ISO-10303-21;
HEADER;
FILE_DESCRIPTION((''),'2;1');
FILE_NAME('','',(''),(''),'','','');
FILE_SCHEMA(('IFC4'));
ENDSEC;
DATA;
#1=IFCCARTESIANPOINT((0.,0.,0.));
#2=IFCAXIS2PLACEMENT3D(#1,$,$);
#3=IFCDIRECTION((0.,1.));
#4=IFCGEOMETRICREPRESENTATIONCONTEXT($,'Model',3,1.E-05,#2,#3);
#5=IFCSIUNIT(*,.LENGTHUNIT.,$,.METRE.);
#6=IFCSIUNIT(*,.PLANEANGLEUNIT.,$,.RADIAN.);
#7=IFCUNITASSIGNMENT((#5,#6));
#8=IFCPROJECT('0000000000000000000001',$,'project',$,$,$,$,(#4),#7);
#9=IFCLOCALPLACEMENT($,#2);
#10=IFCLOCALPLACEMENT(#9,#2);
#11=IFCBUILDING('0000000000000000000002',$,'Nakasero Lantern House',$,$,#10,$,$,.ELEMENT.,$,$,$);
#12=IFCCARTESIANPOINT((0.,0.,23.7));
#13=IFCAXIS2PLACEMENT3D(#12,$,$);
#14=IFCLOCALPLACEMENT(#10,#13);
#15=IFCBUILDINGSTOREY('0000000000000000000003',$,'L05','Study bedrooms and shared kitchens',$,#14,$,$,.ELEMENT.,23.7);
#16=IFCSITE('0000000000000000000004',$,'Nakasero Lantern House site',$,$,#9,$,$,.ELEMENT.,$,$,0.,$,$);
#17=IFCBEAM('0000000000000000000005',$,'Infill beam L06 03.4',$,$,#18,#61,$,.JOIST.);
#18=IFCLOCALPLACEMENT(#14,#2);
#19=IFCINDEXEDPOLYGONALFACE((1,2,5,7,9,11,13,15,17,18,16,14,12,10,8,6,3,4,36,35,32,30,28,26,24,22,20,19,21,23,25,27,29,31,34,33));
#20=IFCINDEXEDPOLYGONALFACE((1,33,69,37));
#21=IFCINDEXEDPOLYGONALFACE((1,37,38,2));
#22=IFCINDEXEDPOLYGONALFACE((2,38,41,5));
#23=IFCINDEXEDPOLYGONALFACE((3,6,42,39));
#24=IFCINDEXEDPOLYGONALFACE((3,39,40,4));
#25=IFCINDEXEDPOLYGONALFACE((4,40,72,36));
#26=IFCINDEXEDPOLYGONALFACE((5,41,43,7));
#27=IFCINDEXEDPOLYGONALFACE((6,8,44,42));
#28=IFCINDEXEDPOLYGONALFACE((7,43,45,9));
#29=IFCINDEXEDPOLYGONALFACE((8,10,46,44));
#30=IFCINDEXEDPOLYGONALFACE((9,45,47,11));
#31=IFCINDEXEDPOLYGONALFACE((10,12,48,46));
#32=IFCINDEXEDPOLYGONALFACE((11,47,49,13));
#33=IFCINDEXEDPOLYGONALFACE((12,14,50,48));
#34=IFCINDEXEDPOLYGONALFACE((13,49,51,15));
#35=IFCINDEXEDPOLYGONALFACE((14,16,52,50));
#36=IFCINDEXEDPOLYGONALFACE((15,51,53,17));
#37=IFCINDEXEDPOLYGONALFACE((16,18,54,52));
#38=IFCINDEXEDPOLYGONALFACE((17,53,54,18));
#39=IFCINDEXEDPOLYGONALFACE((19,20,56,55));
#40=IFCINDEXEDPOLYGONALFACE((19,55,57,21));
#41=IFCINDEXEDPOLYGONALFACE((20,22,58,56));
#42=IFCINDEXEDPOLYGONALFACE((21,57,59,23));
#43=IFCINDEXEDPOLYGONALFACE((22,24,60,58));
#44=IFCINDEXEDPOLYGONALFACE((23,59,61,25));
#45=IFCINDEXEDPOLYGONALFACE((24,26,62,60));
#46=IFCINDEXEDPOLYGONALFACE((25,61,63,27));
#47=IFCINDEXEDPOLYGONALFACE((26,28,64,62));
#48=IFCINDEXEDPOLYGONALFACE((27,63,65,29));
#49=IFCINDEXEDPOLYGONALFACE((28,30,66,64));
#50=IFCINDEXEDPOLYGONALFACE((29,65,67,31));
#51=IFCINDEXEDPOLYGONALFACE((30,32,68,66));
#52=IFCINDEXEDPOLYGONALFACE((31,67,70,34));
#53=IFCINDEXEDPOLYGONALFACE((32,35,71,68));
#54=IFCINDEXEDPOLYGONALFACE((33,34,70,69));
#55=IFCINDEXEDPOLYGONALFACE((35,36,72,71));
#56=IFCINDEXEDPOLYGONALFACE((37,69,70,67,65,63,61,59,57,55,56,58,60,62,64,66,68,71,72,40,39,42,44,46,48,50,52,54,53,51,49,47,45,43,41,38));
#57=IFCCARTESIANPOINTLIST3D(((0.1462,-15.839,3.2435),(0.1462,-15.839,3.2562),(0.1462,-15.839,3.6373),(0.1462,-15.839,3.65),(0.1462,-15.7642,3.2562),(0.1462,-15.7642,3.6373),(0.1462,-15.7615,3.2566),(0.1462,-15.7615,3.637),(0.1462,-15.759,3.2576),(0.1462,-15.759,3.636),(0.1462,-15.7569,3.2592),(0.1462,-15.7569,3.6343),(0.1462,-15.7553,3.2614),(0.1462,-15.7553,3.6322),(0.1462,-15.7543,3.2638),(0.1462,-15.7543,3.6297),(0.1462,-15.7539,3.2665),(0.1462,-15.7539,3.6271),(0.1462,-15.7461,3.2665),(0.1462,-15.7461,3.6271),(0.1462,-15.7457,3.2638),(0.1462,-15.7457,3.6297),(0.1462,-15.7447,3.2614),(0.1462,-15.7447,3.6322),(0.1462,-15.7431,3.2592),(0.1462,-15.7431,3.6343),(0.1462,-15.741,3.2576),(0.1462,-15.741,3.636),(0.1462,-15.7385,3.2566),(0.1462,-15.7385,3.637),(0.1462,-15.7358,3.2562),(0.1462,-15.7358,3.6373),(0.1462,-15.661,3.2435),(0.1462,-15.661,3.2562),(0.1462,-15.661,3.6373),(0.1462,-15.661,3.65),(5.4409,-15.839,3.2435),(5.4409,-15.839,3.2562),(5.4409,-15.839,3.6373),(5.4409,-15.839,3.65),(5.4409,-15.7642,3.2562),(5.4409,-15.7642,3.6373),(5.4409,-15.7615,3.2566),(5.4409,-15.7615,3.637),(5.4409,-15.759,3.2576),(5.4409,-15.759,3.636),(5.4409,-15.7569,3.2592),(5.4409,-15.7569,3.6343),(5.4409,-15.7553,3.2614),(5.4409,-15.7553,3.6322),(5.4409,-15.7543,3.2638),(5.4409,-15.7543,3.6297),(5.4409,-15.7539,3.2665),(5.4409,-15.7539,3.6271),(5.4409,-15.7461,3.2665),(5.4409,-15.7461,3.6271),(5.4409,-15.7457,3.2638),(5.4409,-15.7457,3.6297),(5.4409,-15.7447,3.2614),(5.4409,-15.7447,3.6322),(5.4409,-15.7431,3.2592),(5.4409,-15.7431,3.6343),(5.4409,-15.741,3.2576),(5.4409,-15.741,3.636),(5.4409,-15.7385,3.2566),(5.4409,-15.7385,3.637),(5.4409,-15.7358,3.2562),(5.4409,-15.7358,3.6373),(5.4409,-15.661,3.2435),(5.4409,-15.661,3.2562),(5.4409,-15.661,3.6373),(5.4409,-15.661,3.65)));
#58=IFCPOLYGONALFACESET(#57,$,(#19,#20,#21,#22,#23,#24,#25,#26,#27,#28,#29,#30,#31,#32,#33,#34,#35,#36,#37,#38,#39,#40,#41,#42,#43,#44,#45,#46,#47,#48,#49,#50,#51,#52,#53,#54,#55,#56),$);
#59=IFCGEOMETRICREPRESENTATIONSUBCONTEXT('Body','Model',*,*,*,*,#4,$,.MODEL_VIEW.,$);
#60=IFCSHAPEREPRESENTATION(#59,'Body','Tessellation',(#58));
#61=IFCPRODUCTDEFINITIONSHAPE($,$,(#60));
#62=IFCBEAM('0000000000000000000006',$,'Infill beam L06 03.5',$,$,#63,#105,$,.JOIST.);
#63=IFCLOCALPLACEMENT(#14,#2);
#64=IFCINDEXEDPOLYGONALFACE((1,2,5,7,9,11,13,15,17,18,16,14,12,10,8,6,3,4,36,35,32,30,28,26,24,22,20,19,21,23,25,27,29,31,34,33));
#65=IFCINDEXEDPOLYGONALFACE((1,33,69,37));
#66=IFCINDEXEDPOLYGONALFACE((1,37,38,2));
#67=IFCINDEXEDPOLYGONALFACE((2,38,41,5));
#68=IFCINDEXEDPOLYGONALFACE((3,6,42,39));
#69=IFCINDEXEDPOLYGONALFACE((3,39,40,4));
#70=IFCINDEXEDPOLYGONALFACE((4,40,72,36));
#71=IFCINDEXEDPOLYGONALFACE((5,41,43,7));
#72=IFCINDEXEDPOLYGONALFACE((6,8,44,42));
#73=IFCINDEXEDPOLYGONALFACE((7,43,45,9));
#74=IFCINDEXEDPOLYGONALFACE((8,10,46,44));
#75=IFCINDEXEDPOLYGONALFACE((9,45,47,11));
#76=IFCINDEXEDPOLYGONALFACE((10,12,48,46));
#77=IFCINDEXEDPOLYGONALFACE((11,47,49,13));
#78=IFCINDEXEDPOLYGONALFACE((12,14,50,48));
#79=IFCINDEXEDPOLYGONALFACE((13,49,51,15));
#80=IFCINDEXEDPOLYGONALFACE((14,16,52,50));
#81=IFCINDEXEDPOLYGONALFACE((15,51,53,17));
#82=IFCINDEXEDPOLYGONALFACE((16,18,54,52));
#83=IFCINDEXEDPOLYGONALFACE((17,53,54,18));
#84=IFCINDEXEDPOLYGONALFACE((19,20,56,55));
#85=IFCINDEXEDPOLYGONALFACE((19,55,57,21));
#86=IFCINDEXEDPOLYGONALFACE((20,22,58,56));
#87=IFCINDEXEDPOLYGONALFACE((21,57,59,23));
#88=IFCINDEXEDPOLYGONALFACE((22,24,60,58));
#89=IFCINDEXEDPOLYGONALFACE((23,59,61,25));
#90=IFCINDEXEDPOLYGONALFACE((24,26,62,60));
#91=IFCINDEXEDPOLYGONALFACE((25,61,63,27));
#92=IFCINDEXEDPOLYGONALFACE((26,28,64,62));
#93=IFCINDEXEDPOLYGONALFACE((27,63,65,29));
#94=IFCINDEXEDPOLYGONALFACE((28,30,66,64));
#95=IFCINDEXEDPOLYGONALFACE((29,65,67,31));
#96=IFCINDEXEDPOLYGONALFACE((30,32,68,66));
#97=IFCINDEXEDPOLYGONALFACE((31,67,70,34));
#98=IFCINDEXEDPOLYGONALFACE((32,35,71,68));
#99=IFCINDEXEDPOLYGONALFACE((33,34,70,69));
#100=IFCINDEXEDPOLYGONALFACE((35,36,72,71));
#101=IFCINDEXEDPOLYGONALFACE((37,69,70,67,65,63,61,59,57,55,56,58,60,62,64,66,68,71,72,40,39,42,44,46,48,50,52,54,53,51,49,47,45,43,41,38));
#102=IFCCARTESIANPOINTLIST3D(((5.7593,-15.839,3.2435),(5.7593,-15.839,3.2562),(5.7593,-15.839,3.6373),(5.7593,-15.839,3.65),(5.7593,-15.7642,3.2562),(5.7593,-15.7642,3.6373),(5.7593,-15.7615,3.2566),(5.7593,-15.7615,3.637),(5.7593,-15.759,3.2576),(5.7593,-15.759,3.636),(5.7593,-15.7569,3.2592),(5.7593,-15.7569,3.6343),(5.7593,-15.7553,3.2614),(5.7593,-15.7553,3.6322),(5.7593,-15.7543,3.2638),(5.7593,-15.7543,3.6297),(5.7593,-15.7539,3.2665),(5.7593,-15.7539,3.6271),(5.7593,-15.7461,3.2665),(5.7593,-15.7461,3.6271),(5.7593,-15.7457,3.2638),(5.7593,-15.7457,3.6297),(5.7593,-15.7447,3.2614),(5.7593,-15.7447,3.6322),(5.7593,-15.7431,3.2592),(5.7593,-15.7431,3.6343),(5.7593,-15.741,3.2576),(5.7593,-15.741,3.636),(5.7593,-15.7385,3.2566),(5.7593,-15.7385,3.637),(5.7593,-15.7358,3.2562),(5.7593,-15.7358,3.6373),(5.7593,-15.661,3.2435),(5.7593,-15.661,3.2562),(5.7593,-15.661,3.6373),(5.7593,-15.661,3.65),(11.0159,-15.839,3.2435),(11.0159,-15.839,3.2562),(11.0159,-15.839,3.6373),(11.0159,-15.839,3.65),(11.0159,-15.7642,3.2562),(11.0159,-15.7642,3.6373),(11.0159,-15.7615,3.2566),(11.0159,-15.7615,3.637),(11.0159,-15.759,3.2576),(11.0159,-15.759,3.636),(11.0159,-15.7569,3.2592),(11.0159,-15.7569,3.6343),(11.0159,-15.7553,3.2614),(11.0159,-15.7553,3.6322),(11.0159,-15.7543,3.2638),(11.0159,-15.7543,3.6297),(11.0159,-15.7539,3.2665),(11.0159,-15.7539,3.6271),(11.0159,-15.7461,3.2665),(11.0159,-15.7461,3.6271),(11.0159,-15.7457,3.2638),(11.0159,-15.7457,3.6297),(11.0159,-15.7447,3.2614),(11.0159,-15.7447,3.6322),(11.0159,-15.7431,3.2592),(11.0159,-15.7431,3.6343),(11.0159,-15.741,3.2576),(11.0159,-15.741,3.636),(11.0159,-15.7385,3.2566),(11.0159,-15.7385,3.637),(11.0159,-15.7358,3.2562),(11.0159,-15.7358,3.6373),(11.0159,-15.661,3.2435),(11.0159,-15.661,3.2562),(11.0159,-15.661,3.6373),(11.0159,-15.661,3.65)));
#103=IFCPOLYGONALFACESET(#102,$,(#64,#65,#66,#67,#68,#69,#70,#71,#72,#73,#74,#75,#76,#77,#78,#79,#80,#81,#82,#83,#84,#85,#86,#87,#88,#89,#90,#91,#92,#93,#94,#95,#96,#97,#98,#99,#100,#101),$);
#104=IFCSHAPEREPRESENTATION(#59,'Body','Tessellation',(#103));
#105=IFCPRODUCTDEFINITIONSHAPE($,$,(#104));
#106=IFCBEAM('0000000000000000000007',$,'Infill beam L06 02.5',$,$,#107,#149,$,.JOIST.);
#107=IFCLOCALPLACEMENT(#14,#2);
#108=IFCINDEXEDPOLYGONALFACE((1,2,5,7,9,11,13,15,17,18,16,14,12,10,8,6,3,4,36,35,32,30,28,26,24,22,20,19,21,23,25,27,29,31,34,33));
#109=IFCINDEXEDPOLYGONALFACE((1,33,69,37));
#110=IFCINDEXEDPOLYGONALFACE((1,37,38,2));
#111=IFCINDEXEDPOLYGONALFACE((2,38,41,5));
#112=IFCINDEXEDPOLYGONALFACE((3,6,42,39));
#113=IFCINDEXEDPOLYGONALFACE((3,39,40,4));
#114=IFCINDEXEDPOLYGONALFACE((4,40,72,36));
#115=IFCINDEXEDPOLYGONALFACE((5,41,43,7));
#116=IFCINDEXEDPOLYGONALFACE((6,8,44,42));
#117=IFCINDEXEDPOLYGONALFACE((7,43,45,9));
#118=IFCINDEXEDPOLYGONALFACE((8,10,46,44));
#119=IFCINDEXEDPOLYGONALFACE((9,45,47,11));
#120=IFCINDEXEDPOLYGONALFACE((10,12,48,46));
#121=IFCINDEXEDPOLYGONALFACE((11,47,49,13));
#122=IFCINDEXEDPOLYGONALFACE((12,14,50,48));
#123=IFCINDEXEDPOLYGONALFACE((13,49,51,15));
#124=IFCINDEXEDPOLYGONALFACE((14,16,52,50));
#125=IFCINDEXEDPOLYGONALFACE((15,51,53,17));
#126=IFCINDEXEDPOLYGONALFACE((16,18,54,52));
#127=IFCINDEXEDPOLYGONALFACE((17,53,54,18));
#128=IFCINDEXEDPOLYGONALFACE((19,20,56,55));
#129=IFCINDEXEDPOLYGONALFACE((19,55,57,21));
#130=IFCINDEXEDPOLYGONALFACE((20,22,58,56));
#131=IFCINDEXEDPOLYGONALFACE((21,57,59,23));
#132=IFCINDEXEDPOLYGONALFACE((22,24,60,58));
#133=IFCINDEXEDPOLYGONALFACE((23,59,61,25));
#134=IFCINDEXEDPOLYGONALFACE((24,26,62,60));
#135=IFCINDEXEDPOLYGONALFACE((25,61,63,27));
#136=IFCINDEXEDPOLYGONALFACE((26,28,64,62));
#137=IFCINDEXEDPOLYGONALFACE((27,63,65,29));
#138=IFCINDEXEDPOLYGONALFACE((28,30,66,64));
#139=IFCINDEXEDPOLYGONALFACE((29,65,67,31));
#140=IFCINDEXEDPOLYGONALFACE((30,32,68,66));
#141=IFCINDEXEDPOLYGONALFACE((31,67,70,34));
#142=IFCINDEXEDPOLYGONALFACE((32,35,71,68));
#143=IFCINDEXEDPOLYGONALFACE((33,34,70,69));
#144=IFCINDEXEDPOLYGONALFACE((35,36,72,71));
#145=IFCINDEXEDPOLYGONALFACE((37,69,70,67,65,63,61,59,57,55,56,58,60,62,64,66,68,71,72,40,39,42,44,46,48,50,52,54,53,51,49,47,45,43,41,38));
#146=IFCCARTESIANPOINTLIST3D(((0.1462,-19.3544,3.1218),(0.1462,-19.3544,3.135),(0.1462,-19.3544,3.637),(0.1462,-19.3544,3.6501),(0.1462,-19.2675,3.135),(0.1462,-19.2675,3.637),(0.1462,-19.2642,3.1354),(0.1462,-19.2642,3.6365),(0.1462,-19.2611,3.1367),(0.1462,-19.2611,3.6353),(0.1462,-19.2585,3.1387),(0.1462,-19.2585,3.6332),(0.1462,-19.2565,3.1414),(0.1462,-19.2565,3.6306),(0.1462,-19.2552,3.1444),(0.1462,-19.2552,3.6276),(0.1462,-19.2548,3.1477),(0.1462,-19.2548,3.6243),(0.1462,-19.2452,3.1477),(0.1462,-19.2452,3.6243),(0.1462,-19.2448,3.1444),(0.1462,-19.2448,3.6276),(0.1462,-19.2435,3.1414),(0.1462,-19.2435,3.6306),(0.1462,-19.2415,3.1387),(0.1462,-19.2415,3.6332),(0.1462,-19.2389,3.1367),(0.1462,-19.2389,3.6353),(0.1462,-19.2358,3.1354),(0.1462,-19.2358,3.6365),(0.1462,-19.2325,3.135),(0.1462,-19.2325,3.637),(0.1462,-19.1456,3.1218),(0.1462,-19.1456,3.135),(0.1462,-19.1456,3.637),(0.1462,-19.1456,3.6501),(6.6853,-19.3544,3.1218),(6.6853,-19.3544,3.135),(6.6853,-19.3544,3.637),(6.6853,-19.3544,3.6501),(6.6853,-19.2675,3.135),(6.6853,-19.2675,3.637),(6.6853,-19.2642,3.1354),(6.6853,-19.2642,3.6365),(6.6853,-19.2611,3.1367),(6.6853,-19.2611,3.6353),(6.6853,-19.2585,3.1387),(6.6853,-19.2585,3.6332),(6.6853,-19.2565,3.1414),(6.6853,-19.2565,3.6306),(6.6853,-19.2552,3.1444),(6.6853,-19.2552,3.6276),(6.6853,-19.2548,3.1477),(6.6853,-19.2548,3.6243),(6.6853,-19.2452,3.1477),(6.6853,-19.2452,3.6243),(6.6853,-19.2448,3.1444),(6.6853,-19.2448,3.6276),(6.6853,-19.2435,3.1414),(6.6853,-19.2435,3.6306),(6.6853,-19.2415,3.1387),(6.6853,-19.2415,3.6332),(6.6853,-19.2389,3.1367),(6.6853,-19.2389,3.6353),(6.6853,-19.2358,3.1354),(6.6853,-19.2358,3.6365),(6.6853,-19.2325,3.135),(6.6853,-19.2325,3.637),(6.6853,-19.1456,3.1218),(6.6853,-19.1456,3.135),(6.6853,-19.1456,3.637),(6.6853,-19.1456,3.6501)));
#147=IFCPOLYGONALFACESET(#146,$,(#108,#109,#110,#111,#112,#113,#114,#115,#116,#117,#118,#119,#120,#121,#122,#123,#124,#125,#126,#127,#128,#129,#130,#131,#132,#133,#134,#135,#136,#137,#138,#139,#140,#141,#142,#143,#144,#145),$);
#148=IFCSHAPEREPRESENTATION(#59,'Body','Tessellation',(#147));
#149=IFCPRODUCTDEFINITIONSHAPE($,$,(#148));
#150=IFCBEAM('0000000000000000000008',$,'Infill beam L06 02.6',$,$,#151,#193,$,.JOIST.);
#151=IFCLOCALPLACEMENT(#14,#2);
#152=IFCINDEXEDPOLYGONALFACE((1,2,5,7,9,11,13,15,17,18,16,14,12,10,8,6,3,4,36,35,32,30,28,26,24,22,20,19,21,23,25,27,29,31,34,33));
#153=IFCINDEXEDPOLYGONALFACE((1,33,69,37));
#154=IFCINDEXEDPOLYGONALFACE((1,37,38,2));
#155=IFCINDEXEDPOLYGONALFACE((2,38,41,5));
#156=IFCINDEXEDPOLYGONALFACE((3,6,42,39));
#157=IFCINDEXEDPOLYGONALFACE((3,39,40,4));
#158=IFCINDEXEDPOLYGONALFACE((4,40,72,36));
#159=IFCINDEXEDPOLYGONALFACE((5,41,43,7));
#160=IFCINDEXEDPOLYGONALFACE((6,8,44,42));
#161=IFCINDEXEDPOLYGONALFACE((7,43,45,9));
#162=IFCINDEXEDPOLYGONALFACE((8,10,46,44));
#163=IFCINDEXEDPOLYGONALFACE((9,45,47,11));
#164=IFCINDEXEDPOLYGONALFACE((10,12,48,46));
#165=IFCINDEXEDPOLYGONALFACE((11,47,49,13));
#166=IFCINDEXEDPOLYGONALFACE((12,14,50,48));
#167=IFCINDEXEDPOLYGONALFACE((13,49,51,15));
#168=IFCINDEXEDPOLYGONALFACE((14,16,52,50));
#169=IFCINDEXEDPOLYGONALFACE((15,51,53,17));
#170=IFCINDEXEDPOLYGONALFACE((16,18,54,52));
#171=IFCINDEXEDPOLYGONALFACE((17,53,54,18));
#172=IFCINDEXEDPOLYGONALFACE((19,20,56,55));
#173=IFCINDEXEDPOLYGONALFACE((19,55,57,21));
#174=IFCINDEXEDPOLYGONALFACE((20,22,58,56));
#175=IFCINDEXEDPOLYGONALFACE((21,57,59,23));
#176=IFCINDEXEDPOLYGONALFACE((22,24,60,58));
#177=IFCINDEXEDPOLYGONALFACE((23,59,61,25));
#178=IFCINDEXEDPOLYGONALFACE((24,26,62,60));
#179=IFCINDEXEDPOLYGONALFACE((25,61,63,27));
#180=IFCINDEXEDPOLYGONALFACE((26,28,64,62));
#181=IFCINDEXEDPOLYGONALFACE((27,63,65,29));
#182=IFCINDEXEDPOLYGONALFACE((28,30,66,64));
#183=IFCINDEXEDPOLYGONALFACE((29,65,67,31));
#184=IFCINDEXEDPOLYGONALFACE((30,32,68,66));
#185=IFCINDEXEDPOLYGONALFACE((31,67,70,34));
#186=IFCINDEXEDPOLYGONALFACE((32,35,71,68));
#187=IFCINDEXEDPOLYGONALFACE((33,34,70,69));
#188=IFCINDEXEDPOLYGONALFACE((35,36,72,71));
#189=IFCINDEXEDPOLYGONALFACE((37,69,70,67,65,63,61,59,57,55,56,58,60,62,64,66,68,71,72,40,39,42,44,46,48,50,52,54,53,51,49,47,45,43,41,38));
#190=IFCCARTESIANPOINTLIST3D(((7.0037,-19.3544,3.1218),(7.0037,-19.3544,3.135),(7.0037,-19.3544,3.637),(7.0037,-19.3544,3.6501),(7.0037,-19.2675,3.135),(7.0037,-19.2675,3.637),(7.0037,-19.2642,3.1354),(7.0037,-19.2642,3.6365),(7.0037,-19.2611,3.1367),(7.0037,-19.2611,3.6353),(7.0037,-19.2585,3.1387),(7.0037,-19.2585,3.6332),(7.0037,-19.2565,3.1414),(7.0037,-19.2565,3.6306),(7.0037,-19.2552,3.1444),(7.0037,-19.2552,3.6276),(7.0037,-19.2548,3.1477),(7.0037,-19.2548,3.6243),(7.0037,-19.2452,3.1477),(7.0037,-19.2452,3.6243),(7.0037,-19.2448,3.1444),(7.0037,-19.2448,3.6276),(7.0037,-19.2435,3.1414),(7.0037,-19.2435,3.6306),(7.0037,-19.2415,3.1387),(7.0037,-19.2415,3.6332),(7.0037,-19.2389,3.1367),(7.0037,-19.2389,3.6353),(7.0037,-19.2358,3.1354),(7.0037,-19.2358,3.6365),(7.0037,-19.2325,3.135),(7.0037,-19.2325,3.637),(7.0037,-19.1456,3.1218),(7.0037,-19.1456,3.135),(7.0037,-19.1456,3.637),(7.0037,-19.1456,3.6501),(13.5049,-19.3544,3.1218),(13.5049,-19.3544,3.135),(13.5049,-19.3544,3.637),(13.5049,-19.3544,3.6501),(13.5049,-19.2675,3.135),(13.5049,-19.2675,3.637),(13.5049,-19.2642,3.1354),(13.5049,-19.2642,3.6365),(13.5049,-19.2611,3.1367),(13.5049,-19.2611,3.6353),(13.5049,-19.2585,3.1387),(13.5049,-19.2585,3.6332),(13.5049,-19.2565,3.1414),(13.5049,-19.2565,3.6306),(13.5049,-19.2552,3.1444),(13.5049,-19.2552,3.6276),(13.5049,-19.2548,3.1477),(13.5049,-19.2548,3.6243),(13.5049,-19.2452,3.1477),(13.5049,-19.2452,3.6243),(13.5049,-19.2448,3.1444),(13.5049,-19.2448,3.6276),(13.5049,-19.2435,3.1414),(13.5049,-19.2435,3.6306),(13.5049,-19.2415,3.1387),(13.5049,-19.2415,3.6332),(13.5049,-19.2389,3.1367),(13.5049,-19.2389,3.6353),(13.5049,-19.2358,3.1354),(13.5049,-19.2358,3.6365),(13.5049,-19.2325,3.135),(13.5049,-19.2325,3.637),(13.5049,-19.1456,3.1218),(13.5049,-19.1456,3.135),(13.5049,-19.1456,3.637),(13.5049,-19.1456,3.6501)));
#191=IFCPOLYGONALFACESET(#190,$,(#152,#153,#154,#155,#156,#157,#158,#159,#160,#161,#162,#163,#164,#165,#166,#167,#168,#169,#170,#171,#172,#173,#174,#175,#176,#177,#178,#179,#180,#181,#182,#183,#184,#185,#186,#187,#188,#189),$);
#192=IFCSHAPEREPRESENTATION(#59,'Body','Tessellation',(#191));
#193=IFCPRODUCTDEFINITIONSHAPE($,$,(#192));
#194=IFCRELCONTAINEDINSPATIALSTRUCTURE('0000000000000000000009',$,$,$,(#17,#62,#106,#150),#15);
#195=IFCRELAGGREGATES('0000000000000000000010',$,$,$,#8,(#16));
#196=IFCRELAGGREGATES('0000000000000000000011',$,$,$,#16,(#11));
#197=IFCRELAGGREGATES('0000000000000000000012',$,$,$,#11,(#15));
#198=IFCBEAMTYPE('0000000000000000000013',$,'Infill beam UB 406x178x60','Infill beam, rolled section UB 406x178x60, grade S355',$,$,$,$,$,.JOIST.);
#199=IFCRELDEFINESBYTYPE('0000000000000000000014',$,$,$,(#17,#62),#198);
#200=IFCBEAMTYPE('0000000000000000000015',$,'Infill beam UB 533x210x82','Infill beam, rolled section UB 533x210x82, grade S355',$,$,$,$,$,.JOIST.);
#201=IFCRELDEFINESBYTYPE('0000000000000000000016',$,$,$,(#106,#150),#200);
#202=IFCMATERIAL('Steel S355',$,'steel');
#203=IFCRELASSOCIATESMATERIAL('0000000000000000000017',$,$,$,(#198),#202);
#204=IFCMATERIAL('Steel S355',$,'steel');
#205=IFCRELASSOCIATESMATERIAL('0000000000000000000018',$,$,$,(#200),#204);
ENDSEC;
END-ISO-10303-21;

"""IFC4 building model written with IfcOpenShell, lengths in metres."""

from ifc_helpers import new_model, si_unit, direction, frame, origin, origin_2d, place, context, subcontext, project, spatial, i_section, extrude, material, material_profile, profile_set, type_object, element, save


model = new_model("IFC4")

# Units and contexts
model_context = context("Model", 3, precision=1e-05, world=origin(), true_north=direction((0.0, 1.0)))
body_context = subcontext(model_context, "Body", "Model", "MODEL_VIEW")
ifc_project = project(units=[si_unit("LENGTHUNIT", "METRE"), si_unit("PLANEANGLEUNIT", "RADIAN")], contexts=[model_context])

# Site, building, storey
site_placement = place(None, origin())
site = spatial("IfcSite", under=ifc_project, at=site_placement, Name="Nakasero Lantern House site", CompositionType="ELEMENT", RefElevation=0.0)
building_placement = place(site_placement, origin())
building = spatial("IfcBuilding", under=site, at=building_placement, Name="Nakasero Lantern House", CompositionType="ELEMENT")
storey_placement = place(building_placement, frame((0.0, 0.0, 23.7)))
storey = spatial("IfcBuildingStorey", under=building, at=storey_placement, Name="L05", Description="Study bedrooms and shared kitchens", CompositionType="ELEMENT", Elevation=23.7)

# Beams
ifc_material_1 = material(Name="Steel S355", Category="steel")
ifc_material_profile_1 = material_profile(ifc_material_1, i_section(OverallWidth=0.178, OverallDepth=0.4065, WebThickness=0.0078, FlangeThickness=0.0127, FilletRadius=0.0103, at=origin_2d()), Name="UB 406x178x60")
ifc_profile_set_1 = profile_set([ifc_material_profile_1], Name="Steel S355")
beam_type_1 = type_object("IfcBeamType", Name="Infill beam UB 406x178x60", Description="Infill beam, rolled section UB 406x178x60, grade S355", PredefinedType="JOIST", material=ifc_profile_set_1)
beam_1_placement = place(storey_placement, frame((0.1462, -15.75, 3.4468), z_axis=(1.0, 0.0, 0.0), x_axis=(0.0, 1.0, 0.0)))
element("IfcBeam", 1, at=beam_1_placement, inside=storey, type_object=beam_type_1, Name="Infill beam L06 03.4", PredefinedType="JOIST", context=body_context, shape_type="SweptSolid", body=[
    extrude(i_section(OverallWidth=0.178, OverallDepth=0.4065, WebThickness=0.0078, FlangeThickness=0.0127, FilletRadius=0.0103, at=origin_2d()), origin(), (0.0, 0.0, 1.0), 5.2947),
])
beam_2_placement = place(storey_placement, frame((5.7593, -15.75, 3.4468), z_axis=(1.0, 0.0, 0.0), x_axis=(0.0, 1.0, 0.0)))
element("IfcBeam", 2, at=beam_2_placement, inside=storey, type_object=beam_type_1, Name="Infill beam L06 03.5", PredefinedType="JOIST", context=body_context, shape_type="SweptSolid", body=[
    extrude(i_section(OverallWidth=0.178, OverallDepth=0.4065, WebThickness=0.0078, FlangeThickness=0.0127, FilletRadius=0.0103, at=origin_2d()), origin(), (0.0, 0.0, 1.0), 5.2566),
])
ifc_material_2 = material(Name="Steel S355", Category="steel")
ifc_material_profile_2 = material_profile(ifc_material_2, i_section(OverallWidth=0.2087, OverallDepth=0.5283, WebThickness=0.0095, FlangeThickness=0.0132, FilletRadius=0.0127, at=origin_2d()), Name="UB 533x210x82")
ifc_profile_set_2 = profile_set([ifc_material_profile_2], Name="Steel S355")
beam_type_2 = type_object("IfcBeamType", Name="Infill beam UB 533x210x82", Description="Infill beam, rolled section UB 533x210x82, grade S355", PredefinedType="JOIST", material=ifc_profile_set_2)
beam_3_placement = place(storey_placement, frame((0.1462, -19.25, 3.386), z_axis=(1.0, 0.0, 0.0), x_axis=(0.0, 1.0, 0.0)))
element("IfcBeam", 3, at=beam_3_placement, inside=storey, type_object=beam_type_2, Name="Infill beam L06 02.5", PredefinedType="JOIST", context=body_context, shape_type="SweptSolid", body=[
    extrude(i_section(OverallWidth=0.2087, OverallDepth=0.5283, WebThickness=0.0095, FlangeThickness=0.0132, FilletRadius=0.0127, at=origin_2d()), origin(), (0.0, 0.0, 1.0), 6.5391),
])
beam_4_placement = place(storey_placement, frame((7.0037, -19.25, 3.386), z_axis=(1.0, 0.0, 0.0), x_axis=(0.0, 1.0, 0.0)))
element("IfcBeam", 4, at=beam_4_placement, inside=storey, type_object=beam_type_2, Name="Infill beam L06 02.6", PredefinedType="JOIST", context=body_context, shape_type="SweptSolid", body=[
    extrude(i_section(OverallWidth=0.2087, OverallDepth=0.5283, WebThickness=0.0095, FlangeThickness=0.0132, FilletRadius=0.0127, at=origin_2d()), origin(), (0.0, 0.0, 1.0), 6.5012),
])

save(model, "model.ifc")
